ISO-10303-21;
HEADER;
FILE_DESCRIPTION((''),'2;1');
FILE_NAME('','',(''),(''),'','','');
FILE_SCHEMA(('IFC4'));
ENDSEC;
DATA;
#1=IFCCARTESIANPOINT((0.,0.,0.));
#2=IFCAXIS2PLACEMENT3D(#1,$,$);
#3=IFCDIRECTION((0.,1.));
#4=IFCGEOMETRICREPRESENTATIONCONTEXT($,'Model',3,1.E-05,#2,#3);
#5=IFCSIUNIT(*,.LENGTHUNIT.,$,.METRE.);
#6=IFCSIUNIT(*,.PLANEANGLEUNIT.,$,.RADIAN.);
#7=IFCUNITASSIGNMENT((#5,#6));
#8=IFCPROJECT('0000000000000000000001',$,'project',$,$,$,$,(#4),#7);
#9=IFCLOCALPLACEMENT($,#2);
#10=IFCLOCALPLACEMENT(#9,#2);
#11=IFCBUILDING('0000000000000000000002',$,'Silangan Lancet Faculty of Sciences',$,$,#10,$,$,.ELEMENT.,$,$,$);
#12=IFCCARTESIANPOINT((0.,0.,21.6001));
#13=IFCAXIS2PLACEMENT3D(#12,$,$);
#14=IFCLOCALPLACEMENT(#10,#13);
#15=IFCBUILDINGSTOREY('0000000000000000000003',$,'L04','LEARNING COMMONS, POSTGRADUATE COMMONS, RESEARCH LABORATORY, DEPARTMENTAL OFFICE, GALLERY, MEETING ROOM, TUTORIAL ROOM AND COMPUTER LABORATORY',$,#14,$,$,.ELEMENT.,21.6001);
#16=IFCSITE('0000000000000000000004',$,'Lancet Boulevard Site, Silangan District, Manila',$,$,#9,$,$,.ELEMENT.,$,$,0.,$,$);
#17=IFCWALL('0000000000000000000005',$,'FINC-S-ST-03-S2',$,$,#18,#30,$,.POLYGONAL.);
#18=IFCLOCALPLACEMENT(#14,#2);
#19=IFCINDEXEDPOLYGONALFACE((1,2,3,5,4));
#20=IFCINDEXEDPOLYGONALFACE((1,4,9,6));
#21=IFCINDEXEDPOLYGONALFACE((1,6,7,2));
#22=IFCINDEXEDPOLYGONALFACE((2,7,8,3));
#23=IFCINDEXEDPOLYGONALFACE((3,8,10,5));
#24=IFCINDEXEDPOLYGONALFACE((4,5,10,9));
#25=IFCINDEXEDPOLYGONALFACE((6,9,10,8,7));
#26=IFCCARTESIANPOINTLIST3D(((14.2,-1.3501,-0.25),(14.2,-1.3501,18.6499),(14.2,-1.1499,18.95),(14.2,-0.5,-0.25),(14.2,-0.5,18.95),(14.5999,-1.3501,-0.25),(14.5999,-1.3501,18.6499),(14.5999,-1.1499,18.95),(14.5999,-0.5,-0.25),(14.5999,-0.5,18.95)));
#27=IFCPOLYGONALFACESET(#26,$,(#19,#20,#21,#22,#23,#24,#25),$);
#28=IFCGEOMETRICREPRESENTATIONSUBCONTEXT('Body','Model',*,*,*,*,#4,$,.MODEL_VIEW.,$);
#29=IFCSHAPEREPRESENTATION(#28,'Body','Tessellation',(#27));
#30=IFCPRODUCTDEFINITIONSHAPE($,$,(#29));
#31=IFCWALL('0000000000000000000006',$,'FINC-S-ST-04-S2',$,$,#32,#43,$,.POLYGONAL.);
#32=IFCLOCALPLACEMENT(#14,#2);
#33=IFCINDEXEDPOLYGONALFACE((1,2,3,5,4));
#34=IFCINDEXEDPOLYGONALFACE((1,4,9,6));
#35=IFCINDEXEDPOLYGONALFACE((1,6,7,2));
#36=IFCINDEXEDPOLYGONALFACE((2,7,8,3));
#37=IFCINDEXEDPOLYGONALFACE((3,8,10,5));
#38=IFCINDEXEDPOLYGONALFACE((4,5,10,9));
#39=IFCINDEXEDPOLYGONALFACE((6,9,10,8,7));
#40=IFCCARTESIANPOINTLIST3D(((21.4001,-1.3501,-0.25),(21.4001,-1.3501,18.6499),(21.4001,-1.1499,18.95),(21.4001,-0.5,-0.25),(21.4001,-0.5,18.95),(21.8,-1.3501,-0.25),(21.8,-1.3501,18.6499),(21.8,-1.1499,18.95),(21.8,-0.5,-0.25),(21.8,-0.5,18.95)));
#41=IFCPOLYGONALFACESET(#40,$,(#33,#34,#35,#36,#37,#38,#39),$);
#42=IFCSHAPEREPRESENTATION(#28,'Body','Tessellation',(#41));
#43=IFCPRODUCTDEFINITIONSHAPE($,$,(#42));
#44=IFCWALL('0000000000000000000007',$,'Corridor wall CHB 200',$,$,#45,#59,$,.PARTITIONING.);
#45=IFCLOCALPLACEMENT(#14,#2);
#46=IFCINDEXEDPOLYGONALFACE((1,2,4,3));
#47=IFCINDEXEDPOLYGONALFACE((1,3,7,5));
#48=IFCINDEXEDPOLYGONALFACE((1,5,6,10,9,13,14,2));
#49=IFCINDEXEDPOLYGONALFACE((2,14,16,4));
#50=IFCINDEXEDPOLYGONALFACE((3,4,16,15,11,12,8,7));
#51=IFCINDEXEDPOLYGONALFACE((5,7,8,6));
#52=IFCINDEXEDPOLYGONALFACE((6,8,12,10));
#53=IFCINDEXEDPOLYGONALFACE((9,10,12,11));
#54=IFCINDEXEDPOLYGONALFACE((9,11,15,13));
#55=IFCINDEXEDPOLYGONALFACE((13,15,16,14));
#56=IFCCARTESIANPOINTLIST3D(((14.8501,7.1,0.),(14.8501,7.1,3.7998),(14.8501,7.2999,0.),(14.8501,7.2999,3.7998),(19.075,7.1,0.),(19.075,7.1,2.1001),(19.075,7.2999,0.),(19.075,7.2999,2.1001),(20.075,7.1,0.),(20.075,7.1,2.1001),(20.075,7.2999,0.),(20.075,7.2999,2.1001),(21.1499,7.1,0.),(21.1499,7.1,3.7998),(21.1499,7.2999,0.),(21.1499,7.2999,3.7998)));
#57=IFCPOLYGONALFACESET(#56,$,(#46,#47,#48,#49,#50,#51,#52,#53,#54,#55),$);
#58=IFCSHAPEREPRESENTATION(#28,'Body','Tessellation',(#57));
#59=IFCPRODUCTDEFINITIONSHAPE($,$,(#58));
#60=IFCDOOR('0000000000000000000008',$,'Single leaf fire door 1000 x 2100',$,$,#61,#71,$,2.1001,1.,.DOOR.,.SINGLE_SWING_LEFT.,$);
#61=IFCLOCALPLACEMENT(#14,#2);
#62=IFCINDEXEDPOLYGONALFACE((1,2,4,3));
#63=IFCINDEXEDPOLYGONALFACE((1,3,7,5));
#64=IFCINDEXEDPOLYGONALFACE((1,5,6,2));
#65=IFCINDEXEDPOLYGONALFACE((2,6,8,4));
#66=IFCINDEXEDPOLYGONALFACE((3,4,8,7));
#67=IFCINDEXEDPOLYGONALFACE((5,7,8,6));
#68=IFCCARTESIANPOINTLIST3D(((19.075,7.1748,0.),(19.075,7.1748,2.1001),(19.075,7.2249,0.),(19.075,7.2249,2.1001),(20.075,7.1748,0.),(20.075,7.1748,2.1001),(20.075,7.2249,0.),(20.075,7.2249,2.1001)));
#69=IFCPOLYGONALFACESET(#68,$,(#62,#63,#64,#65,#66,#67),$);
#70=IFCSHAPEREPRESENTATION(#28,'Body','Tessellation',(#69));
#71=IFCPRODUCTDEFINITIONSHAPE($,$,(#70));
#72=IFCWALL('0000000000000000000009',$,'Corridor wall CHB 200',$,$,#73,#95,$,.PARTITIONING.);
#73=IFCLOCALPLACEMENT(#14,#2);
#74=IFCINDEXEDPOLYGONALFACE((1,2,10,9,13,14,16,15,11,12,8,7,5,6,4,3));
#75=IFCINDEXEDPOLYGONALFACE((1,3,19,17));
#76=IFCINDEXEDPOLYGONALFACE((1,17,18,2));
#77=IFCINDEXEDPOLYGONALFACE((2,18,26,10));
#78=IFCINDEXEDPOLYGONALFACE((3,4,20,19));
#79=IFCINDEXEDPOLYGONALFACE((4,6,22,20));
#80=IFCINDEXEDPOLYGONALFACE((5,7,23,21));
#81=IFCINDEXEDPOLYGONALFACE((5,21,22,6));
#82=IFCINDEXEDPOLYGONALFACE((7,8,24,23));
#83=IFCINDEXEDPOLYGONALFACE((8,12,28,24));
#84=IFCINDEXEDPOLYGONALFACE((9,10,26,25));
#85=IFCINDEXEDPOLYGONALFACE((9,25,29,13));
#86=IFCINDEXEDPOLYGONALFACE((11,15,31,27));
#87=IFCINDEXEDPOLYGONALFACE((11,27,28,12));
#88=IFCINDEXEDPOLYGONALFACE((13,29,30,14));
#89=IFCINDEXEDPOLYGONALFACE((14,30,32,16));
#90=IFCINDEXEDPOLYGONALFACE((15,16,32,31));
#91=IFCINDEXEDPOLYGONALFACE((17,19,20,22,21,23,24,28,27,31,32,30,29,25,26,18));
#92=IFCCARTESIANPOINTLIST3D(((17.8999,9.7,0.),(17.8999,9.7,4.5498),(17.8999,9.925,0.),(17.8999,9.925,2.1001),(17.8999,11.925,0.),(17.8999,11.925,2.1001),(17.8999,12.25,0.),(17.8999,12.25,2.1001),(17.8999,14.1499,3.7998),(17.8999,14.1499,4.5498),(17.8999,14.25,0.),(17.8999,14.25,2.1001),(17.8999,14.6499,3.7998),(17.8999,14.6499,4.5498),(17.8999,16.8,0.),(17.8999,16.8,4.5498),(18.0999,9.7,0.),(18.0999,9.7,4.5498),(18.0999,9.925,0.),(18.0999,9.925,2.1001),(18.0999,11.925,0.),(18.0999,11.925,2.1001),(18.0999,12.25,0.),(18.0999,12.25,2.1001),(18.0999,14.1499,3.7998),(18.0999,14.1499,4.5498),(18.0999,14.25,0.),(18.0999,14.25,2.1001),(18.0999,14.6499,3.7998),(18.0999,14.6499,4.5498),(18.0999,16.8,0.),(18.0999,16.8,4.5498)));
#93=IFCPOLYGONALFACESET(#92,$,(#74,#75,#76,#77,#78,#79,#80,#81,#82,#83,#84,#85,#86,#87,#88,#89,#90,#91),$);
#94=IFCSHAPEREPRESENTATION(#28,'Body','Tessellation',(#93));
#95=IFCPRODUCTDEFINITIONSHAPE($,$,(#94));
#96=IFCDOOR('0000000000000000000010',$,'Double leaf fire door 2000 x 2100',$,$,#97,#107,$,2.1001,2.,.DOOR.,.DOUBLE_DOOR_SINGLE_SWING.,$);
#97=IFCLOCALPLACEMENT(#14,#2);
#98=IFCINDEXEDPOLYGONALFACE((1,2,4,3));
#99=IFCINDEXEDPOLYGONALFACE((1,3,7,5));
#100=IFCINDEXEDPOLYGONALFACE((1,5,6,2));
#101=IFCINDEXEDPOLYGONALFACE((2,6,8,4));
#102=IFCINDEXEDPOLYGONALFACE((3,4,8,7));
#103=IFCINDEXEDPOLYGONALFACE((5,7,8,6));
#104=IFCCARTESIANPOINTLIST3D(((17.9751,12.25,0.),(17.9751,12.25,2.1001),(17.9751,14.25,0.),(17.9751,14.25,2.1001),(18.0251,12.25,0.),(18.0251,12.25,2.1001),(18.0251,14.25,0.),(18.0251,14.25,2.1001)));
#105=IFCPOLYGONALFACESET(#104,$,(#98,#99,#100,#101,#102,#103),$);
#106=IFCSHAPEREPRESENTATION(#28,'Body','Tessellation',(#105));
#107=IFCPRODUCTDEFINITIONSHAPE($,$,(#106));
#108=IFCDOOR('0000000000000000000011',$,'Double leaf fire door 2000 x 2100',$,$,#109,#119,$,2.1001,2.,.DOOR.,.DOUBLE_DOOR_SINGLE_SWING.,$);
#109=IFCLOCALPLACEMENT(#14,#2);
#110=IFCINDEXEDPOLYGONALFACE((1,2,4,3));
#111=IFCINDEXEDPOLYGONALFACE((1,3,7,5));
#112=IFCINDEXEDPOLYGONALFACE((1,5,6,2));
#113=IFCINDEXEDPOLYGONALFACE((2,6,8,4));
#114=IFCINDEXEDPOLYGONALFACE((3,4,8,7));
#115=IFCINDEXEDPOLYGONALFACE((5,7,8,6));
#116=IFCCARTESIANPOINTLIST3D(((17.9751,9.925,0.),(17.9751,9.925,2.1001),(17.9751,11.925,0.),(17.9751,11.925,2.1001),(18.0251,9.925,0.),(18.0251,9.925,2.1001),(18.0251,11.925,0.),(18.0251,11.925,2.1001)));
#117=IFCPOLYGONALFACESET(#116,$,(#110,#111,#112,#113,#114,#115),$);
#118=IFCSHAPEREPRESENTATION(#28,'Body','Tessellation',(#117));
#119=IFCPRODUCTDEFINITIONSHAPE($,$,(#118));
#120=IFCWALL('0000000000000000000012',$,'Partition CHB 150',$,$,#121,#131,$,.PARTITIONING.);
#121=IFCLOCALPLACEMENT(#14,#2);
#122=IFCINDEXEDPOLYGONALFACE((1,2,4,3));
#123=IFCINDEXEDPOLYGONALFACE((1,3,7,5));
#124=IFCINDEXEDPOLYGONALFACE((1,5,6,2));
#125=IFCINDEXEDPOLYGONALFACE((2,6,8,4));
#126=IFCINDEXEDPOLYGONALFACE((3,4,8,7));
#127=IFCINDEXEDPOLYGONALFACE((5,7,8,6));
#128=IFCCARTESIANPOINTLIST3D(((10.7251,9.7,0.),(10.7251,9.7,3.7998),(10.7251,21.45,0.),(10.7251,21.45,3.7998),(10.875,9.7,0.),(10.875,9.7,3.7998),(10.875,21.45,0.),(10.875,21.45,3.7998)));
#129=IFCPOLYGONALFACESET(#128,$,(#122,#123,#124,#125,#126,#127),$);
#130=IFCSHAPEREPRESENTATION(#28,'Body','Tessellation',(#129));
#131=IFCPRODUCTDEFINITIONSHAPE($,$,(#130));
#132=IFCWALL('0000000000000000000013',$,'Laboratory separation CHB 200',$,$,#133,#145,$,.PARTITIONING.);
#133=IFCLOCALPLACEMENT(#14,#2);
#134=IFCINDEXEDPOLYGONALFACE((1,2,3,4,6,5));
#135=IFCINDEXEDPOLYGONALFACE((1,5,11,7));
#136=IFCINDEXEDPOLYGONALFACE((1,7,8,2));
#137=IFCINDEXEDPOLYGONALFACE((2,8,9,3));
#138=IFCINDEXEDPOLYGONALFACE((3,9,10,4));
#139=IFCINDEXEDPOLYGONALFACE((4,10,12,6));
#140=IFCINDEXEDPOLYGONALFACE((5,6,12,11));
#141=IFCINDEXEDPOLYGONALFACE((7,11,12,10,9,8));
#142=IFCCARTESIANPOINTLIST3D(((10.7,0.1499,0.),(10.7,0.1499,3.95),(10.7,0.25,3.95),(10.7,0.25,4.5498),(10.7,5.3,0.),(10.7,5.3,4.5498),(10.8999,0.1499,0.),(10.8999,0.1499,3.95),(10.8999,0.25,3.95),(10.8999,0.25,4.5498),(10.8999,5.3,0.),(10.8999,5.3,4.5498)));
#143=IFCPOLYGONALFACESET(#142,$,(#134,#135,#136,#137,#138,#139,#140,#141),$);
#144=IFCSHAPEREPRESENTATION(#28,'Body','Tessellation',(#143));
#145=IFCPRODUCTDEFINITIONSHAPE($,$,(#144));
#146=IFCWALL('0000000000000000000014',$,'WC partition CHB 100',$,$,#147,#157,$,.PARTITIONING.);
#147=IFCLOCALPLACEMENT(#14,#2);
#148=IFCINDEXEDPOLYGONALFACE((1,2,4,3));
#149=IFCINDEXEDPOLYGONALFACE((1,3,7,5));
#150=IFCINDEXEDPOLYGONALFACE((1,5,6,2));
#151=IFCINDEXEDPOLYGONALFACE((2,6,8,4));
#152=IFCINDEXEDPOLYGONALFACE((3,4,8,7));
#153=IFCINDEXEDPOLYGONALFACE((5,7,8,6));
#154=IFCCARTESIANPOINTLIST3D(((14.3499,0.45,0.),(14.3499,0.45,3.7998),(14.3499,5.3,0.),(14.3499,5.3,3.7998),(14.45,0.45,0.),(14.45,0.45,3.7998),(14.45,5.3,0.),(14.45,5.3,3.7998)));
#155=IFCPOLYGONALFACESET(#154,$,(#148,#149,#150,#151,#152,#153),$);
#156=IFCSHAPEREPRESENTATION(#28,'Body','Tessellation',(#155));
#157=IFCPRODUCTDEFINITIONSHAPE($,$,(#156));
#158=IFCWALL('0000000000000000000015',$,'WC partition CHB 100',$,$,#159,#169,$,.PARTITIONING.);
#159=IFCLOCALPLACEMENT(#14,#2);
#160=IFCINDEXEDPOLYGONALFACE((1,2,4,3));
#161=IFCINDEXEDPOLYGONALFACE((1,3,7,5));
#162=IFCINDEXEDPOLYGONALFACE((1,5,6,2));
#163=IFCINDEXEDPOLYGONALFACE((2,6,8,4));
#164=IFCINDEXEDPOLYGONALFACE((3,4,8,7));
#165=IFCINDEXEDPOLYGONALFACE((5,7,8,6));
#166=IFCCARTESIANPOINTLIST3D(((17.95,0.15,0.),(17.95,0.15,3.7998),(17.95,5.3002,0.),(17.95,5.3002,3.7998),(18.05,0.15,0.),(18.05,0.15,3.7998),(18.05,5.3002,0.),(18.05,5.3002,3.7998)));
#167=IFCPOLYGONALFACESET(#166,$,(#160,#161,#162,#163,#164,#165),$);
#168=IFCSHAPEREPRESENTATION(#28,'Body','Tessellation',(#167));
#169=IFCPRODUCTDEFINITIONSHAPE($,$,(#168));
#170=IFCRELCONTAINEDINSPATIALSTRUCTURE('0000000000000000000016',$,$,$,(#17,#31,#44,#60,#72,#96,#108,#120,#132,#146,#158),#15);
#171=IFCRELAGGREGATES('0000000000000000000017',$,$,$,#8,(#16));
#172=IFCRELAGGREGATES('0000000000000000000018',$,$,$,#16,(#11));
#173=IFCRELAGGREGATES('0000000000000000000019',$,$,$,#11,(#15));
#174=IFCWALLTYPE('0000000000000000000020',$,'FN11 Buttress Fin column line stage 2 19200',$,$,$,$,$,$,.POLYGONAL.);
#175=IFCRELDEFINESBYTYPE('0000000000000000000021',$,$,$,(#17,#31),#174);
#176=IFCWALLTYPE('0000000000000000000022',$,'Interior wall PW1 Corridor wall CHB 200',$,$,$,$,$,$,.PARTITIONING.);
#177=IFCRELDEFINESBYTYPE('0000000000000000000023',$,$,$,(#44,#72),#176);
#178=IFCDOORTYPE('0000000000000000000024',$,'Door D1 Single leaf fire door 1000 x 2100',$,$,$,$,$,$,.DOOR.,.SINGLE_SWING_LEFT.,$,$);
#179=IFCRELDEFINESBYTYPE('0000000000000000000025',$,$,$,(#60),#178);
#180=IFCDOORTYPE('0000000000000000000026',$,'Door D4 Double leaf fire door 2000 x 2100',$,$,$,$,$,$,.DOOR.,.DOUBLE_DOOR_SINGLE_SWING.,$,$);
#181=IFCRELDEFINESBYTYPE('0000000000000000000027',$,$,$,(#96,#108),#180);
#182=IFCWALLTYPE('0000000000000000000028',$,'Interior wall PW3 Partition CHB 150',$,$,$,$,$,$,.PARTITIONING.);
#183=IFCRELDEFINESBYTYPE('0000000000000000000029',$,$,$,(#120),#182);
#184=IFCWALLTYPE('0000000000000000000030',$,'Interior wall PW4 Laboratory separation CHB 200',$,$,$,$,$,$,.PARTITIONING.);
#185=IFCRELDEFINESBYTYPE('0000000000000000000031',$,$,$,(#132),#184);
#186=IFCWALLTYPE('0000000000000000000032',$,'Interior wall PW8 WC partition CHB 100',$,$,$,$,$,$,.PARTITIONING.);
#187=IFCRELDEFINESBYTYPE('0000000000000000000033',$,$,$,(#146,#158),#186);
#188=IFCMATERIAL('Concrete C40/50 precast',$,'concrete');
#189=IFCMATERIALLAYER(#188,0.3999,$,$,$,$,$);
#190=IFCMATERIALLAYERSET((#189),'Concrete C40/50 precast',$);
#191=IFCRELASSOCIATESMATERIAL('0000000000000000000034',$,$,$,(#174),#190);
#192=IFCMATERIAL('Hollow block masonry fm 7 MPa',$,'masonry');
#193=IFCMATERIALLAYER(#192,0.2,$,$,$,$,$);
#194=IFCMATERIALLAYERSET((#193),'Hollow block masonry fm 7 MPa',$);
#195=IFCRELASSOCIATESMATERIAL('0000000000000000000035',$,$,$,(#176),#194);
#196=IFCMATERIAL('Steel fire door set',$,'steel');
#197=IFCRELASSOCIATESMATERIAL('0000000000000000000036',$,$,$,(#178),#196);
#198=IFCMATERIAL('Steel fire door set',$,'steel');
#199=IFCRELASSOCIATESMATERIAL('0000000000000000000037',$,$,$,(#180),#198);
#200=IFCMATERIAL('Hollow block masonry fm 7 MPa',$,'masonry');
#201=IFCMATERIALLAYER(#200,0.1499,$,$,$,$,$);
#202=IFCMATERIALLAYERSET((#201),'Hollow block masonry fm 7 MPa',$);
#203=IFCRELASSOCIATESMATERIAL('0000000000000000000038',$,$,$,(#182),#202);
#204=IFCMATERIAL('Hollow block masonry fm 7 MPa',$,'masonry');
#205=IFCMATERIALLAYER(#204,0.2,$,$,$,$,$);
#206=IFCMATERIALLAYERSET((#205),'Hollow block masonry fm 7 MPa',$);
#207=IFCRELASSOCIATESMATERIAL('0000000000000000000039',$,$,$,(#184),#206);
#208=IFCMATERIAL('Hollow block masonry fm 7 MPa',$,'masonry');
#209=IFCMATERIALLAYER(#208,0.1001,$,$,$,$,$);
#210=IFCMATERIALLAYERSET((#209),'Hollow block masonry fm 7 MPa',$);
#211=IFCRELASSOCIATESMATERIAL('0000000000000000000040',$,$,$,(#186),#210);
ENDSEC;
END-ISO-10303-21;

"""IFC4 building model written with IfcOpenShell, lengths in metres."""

from ifc_helpers import new_model, si_unit, direction, frame, frame_2d, origin, place, context, subcontext, project, spatial, polyline, rectangle, outline, extrude, material, layer, layer_set, type_object, element, fill, save


model = new_model("IFC4")

# Units and contexts
model_context = context("Model", 3, precision=1e-05, world=origin(), true_north=direction((0.0, 1.0)))
body_context = subcontext(model_context, "Body", "Model", "MODEL_VIEW")
ifc_project = project(units=[si_unit("LENGTHUNIT", "METRE"), si_unit("PLANEANGLEUNIT", "RADIAN")], contexts=[model_context])

# Site, building, storey
site_placement = place(None, origin())
site = spatial("IfcSite", under=ifc_project, at=site_placement, Name="Lancet Boulevard Site, Silangan District, Manila", CompositionType="ELEMENT", RefElevation=0.0)
building_placement = place(site_placement, origin())
building = spatial("IfcBuilding", under=site, at=building_placement, Name="Silangan Lancet Faculty of Sciences", CompositionType="ELEMENT")
storey_placement = place(building_placement, frame((0.0, 0.0, 21.6001)))
storey = spatial("IfcBuildingStorey", under=building, at=storey_placement, Name="L04", Description="LEARNING COMMONS, POSTGRADUATE COMMONS, RESEARCH LABORATORY, DEPARTMENTAL OFFICE, GALLERY, MEETING ROOM, TUTORIAL ROOM AND COMPUTER LABORATORY", CompositionType="ELEMENT", Elevation=21.6001)

# Walls
ifc_material_1 = material(Name="Concrete C40/50 precast", Category="concrete")
ifc_layer_1 = layer(ifc_material_1, 0.3999)
ifc_layer_set_1 = layer_set([ifc_layer_1], Name="Concrete C40/50 precast")
wall_type_1 = type_object("IfcWallType", Name="FN11 Buttress Fin column line stage 2 19200", PredefinedType="POLYGONAL", material=ifc_layer_set_1)
for number, where, z_axis, x_axis, name in (
    (1, (14.3999, -0.5, -0.25), (0.0, 0.0, 1.0), (0.0, -1.0, 0.0), "FINC-S-ST-03-S2"),
    (2, (21.6001, -0.5, -0.25), (0.0, 0.0, 1.0), (0.0, -1.0, 0.0), "FINC-S-ST-04-S2"),
):
    element("IfcWall", number, at=place(storey_placement, frame(where, z_axis=z_axis, x_axis=x_axis)), inside=storey, type_object=wall_type_1, Name=name, PredefinedType="POLYGONAL", context=body_context, shape_type="SweptSolid", body=[
        extrude(outline(polyline([(0.8501, 0.0), (0.8501, 18.8999), (0.6499, 19.2), (0.0, 19.2), (0.0, 0.0), (0.8501, 0.0)])), frame((0.0, 0.2, 0.0), z_axis=(0.0, -1.0, 0.0), x_axis=(1.0, 0.0, 0.0)), (0.0, 0.0, 1.0), 0.3999),
    ])

# Wall, opening, door
ifc_material_2 = material(Name="Hollow block masonry fm 7 MPa", Category="masonry")
ifc_layer_2 = layer(ifc_material_2, 0.2)
ifc_layer_set_2 = layer_set([ifc_layer_2], Name="Hollow block masonry fm 7 MPa")
wall_type_2 = type_object("IfcWallType", Name="Interior wall PW1 Corridor wall CHB 200", PredefinedType="PARTITIONING", material=ifc_layer_set_2)
wall_1_placement = place(storey_placement, frame((14.8501, 7.2, 0.0), z_axis=(0.0, 0.0, 1.0), x_axis=(1.0, 0.0, 0.0)))
wall_1 = element("IfcWall", 3, at=wall_1_placement, inside=storey, type_object=wall_type_2, Name="Corridor wall CHB 200", PredefinedType="PARTITIONING", context=body_context, shape_type="SweptSolid", body=[
    extrude(rectangle(XDim=6.2998, YDim=0.2, at=frame_2d((3.1499, 0.0))), origin(), (0.0, 0.0, 1.0), 3.7998),
])
opening_1_placement = place(wall_1_placement, frame((4.2249, 0.0, 0.0)))
opening_1 = element("IfcOpeningElement", 4, at=opening_1_placement, cuts=wall_1, PredefinedType="OPENING", context=body_context, shape_type="SweptSolid", body=[
    extrude(rectangle(XDim=1.0, YDim=2.1001, at=frame_2d((0.5, 1.05))), frame((0.0, 0.1099, 0.0), z_axis=(0.0, -1.0, 0.0), x_axis=(1.0, 0.0, 0.0)), (0.0, 0.0, 1.0), 0.22),
])
ifc_material_3 = material(Name="Steel fire door set", Category="steel")
door_type_1 = type_object("IfcDoorType", Name="Door D1 Single leaf fire door 1000 x 2100", OperationType="SINGLE_SWING_LEFT", PredefinedType="DOOR", material=ifc_material_3)
door_1_placement = place(opening_1_placement, frame((1.0, 0.0, 0.0), z_axis=(0.0, 0.0, 1.0), x_axis=(-1.0, 0.0, 0.0)))
door_1 = element("IfcDoor", 5, at=door_1_placement, inside=storey, type_object=door_type_1, Name="Single leaf fire door 1000 x 2100", OperationType="SINGLE_SWING_LEFT", OverallHeight=2.1001, OverallWidth=1.0, PredefinedType="DOOR", context=body_context, shape_type="SweptSolid", body=[
    extrude(rectangle(XDim=1.0, YDim=2.1001, at=frame_2d((0.5, 1.05))), frame((0.0, 0.0251, 0.0), z_axis=(0.0, -1.0, 0.0), x_axis=(1.0, 0.0, 0.0)), (0.0, 0.0, 1.0), 0.05),
])
fill(opening_1, door_1)

# Wall, openings, doors
wall_2_placement = place(storey_placement, frame((18.0, 9.7, 0.0), z_axis=(0.0, 0.0, 1.0), x_axis=(0.0, 1.0, 0.0)))
wall_2 = element("IfcWall", 6, at=wall_2_placement, inside=storey, type_object=wall_type_2, Name="Corridor wall CHB 200", PredefinedType="PARTITIONING", context=body_context, shape_type="SweptSolid", body=[
    extrude(outline(polyline([(0.0, 0.0), (7.1001, 0.0), (7.1001, 4.5498), (4.95, 4.5498), (4.95, 3.7998), (4.45, 3.7998), (4.45, 4.5498), (0.0, 4.5498), (0.0, 0.0)])), frame((0.0, 0.1001, 0.0), z_axis=(0.0, -1.0, 0.0), x_axis=(1.0, 0.0, 0.0)), (0.0, 0.0, 1.0), 0.2),
])
opening_2_placement = place(wall_2_placement, frame((2.55, 0.0, 0.0)))
opening_2 = element("IfcOpeningElement", 7, at=opening_2_placement, cuts=wall_2, PredefinedType="OPENING", context=body_context, shape_type="SweptSolid", body=[
    extrude(rectangle(XDim=2.0, YDim=2.1001, at=frame_2d((1.0, 1.05))), frame((0.0, 0.1099, 0.0), z_axis=(0.0, -1.0, 0.0), x_axis=(1.0, 0.0, 0.0)), (0.0, 0.0, 1.0), 0.22),
])
opening_3_placement = place(wall_2_placement, frame((0.2251, 0.0, 0.0)))
opening_3 = element("IfcOpeningElement", 8, at=opening_3_placement, cuts=wall_2, PredefinedType="OPENING", context=body_context, shape_type="SweptSolid", body=[
    extrude(rectangle(XDim=2.0, YDim=2.1001, at=frame_2d((1.0, 1.05))), frame((0.0, 0.1099, 0.0), z_axis=(0.0, -1.0, 0.0), x_axis=(1.0, 0.0, 0.0)), (0.0, 0.0, 1.0), 0.22),
])
ifc_material_4 = material(Name="Steel fire door set", Category="steel")
door_type_2 = type_object("IfcDoorType", Name="Door D4 Double leaf fire door 2000 x 2100", OperationType="DOUBLE_DOOR_SINGLE_SWING", PredefinedType="DOOR", material=ifc_material_4)
door_2_placement = place(opening_2_placement, origin())
door_2 = element("IfcDoor", 9, at=door_2_placement, inside=storey, type_object=door_type_2, Name="Double leaf fire door 2000 x 2100", OperationType="DOUBLE_DOOR_SINGLE_SWING", OverallHeight=2.1001, OverallWidth=2.0, PredefinedType="DOOR", context=body_context, shape_type="SweptSolid", body=[
    extrude(rectangle(XDim=2.0, YDim=2.1001, at=frame_2d((1.0, 1.05))), frame((0.0, 0.0249, 0.0), z_axis=(0.0, -1.0, 0.0), x_axis=(1.0, 0.0, 0.0)), (0.0, 0.0, 1.0), 0.05),
])
fill(opening_2, door_2)
door_3_placement = place(opening_3_placement, origin())
door_3 = element("IfcDoor", 10, at=door_3_placement, inside=storey, type_object=door_type_2, Name="Double leaf fire door 2000 x 2100", OperationType="DOUBLE_DOOR_SINGLE_SWING", OverallHeight=2.1001, OverallWidth=2.0, PredefinedType="DOOR", context=body_context, shape_type="SweptSolid", body=[
    extrude(rectangle(XDim=2.0, YDim=2.1001, at=frame_2d((1.0, 1.05))), frame((0.0, 0.0249, 0.0), z_axis=(0.0, -1.0, 0.0), x_axis=(1.0, 0.0, 0.0)), (0.0, 0.0, 1.0), 0.05),
])
fill(opening_3, door_3)

# Walls
ifc_material_5 = material(Name="Hollow block masonry fm 7 MPa", Category="masonry")
ifc_layer_3 = layer(ifc_material_5, 0.1499)
ifc_layer_set_3 = layer_set([ifc_layer_3], Name="Hollow block masonry fm 7 MPa")
wall_type_3 = type_object("IfcWallType", Name="Interior wall PW3 Partition CHB 150", PredefinedType="PARTITIONING", material=ifc_layer_set_3)
wall_3_placement = place(storey_placement, frame((10.8, 9.7, 0.0), z_axis=(0.0, 0.0, 1.0), x_axis=(0.0, 1.0, 0.0)))
element("IfcWall", 11, at=wall_3_placement, inside=storey, type_object=wall_type_3, Name="Partition CHB 150", PredefinedType="PARTITIONING", context=body_context, shape_type="SweptSolid", body=[
    extrude(rectangle(XDim=11.75, YDim=0.1499, at=frame_2d((5.875, 0.0))), origin(), (0.0, 0.0, 1.0), 3.7998),
])
ifc_material_6 = material(Name="Hollow block masonry fm 7 MPa", Category="masonry")
ifc_layer_4 = layer(ifc_material_6, 0.2)
ifc_layer_set_4 = layer_set([ifc_layer_4], Name="Hollow block masonry fm 7 MPa")
wall_type_4 = type_object("IfcWallType", Name="Interior wall PW4 Laboratory separation CHB 200", PredefinedType="PARTITIONING", material=ifc_layer_set_4)
wall_4_placement = place(storey_placement, frame((10.8, 0.1499, 0.0), z_axis=(0.0, 0.0, 1.0), x_axis=(0.0, 1.0, 0.0)))
element("IfcWall", 12, at=wall_4_placement, inside=storey, type_object=wall_type_4, Name="Laboratory separation CHB 200", PredefinedType="PARTITIONING", context=body_context, shape_type="SweptSolid", body=[
    extrude(outline(polyline([(0.0, 0.0), (5.1501, 0.0), (5.1501, 4.5498), (0.1001, 4.5498), (0.1001, 3.95), (0.0, 3.95), (0.0, 0.0)])), frame((0.0, 0.1001, 0.0), z_axis=(0.0, -1.0, 0.0), x_axis=(1.0, 0.0, 0.0)), (0.0, 0.0, 1.0), 0.2),
])
ifc_material_7 = material(Name="Hollow block masonry fm 7 MPa", Category="masonry")
ifc_layer_5 = layer(ifc_material_7, 0.1001)
ifc_layer_set_5 = layer_set([ifc_layer_5], Name="Hollow block masonry fm 7 MPa")
wall_type_5 = type_object("IfcWallType", Name="Interior wall PW8 WC partition CHB 100", PredefinedType="PARTITIONING", material=ifc_layer_set_5)
wall_5_placement = place(storey_placement, frame((14.3999, 0.45, 0.0), z_axis=(0.0, 0.0, 1.0), x_axis=(0.0, 1.0, 0.0)))
element("IfcWall", 13, at=wall_5_placement, inside=storey, type_object=wall_type_5, Name="WC partition CHB 100", PredefinedType="PARTITIONING", context=body_context, shape_type="SweptSolid", body=[
    extrude(rectangle(XDim=4.8501, YDim=0.1001, at=frame_2d((2.425, 0.0))), origin(), (0.0, 0.0, 1.0), 3.7998),
])
wall_6_placement = place(storey_placement, frame((18.0, 0.1499, 0.0), z_axis=(0.0, 0.0, 1.0), x_axis=(0.0, 1.0, 0.0)))
element("IfcWall", 14, at=wall_6_placement, inside=storey, type_object=wall_type_5, Name="WC partition CHB 100", PredefinedType="PARTITIONING", context=body_context, shape_type="SweptSolid", body=[
    extrude(rectangle(XDim=5.1501, YDim=0.1001, at=frame_2d((2.5752, 0.0))), origin(), (0.0, 0.0, 1.0), 3.7998),
])

save(model, "model.ifc")
